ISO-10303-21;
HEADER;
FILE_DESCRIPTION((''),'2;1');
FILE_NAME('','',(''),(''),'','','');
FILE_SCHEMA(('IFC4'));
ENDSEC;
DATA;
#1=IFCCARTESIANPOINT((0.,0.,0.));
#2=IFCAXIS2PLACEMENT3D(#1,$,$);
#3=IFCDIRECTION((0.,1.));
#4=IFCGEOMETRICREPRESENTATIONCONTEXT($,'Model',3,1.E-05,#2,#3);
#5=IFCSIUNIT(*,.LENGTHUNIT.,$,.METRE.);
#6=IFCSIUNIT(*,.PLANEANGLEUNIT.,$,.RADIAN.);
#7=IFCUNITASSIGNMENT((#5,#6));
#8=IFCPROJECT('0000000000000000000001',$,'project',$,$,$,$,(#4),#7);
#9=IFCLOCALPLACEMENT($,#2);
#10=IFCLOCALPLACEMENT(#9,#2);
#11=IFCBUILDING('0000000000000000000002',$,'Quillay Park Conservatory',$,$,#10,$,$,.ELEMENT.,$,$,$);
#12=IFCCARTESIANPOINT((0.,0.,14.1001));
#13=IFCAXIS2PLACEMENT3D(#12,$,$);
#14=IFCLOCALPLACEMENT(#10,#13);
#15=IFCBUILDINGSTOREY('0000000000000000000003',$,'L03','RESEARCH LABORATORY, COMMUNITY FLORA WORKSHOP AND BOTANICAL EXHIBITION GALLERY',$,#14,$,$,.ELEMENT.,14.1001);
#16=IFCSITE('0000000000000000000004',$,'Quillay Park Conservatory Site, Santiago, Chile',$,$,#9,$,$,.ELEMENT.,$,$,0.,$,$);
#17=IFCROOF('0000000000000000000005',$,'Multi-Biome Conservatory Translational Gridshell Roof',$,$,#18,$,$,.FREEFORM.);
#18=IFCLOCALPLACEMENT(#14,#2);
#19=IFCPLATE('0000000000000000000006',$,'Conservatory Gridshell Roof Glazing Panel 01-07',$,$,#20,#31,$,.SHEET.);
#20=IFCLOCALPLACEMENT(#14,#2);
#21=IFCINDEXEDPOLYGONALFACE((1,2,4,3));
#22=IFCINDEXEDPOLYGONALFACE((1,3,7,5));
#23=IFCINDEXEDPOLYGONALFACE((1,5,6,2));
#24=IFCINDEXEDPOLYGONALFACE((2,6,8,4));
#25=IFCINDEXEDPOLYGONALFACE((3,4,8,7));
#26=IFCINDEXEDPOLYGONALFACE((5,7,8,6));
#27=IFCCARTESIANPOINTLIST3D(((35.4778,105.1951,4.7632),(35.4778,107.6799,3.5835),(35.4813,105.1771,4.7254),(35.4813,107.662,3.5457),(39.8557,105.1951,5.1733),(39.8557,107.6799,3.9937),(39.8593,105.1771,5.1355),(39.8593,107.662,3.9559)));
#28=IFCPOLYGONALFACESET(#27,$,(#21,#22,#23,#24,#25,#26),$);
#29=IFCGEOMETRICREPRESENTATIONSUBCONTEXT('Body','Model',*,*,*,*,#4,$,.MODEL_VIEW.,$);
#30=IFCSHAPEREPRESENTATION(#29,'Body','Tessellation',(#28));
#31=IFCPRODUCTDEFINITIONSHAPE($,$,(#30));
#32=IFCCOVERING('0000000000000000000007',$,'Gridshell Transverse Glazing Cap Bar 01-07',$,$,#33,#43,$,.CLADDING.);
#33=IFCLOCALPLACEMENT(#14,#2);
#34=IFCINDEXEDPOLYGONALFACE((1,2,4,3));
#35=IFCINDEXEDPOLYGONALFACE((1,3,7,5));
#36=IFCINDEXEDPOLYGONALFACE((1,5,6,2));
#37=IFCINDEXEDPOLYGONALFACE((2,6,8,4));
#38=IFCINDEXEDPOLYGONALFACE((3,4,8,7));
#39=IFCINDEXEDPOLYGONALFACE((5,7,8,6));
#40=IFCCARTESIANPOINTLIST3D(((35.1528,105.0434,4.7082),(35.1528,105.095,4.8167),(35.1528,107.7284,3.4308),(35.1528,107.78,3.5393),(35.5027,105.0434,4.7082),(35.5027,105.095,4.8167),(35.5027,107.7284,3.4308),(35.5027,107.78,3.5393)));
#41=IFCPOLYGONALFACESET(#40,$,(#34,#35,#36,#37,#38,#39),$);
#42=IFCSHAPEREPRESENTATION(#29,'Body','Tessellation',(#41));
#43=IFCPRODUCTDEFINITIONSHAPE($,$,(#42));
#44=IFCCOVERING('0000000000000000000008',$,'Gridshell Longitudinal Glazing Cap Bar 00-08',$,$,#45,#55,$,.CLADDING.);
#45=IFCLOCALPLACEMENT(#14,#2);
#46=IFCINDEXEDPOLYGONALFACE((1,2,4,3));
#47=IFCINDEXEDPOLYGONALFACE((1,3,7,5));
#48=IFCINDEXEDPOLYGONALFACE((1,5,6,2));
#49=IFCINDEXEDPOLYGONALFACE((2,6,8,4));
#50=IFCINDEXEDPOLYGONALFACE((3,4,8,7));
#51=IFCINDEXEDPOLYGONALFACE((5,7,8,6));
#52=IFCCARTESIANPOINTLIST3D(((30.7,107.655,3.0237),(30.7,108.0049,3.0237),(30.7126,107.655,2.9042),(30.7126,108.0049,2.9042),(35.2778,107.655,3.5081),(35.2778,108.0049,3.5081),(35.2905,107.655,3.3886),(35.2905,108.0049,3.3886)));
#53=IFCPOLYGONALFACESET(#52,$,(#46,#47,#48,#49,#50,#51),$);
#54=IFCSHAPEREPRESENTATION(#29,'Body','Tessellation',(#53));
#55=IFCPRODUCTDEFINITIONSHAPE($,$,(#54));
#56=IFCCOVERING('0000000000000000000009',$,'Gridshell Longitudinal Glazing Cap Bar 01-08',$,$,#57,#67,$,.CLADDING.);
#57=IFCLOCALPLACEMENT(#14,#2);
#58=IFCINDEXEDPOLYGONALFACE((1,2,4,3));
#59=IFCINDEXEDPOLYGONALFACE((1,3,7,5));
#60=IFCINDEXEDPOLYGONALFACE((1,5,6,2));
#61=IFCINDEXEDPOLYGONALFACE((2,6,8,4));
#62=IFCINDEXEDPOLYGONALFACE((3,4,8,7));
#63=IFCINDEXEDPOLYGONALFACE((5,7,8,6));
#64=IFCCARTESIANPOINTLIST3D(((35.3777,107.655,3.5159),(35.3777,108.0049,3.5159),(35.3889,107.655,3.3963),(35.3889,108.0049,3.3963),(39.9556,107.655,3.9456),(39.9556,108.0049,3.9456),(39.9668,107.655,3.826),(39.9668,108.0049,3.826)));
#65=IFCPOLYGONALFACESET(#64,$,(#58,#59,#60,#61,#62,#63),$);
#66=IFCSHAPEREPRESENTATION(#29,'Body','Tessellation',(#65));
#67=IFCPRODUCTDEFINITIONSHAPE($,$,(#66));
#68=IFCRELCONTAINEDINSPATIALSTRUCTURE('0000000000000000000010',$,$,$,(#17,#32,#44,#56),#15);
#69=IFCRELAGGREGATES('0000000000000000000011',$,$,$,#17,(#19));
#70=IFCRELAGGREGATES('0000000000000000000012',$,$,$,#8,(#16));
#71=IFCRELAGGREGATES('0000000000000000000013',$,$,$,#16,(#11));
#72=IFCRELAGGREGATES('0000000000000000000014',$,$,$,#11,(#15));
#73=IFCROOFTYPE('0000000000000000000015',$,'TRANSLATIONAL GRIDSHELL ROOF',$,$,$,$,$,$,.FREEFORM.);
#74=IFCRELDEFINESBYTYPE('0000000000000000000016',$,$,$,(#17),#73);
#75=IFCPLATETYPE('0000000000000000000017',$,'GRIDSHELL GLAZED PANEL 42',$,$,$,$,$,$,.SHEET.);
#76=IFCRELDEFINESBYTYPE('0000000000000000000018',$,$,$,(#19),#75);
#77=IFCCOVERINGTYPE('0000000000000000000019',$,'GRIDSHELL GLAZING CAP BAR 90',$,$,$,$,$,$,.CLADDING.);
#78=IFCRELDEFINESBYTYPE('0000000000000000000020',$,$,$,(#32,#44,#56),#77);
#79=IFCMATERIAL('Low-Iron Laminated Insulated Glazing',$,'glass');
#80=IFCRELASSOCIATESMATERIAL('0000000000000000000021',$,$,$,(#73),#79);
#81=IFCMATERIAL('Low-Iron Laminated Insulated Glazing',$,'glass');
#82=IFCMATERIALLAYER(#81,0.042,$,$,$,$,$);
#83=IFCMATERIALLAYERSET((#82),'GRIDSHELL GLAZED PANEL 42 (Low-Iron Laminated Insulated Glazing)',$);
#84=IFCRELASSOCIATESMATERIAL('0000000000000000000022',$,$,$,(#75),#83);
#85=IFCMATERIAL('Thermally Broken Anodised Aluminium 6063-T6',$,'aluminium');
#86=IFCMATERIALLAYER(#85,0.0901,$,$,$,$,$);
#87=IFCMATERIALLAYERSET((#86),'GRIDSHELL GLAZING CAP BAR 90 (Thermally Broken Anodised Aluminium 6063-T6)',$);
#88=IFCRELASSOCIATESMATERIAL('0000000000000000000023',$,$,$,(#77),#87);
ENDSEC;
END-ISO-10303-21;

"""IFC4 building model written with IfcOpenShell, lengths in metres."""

from ifc_helpers import new_model, si_unit, direction, frame, origin, place, context, subcontext, project, spatial, polyline, outline, extrude, material, layer, layer_set, type_object, element, aggregate, save


model = new_model("IFC4")

# Units and contexts
model_context = context("Model", 3, precision=1e-05, world=origin(), true_north=direction((0.0, 1.0)))
body_context = subcontext(model_context, "Body", "Model", "MODEL_VIEW")
ifc_project = project(units=[si_unit("LENGTHUNIT", "METRE"), si_unit("PLANEANGLEUNIT", "RADIAN")], contexts=[model_context])

# Site, building, storey
site_placement = place(None, origin())
site = spatial("IfcSite", under=ifc_project, at=site_placement, Name="Quillay Park Conservatory Site, Santiago, Chile", CompositionType="ELEMENT", RefElevation=0.0)
building_placement = place(site_placement, origin())
building = spatial("IfcBuilding", under=site, at=building_placement, Name="Quillay Park Conservatory", CompositionType="ELEMENT")
storey_placement = place(building_placement, frame((0.0, 0.0, 14.1001)))
storey = spatial("IfcBuildingStorey", under=building, at=storey_placement, Name="L03", Description="RESEARCH LABORATORY, COMMUNITY FLORA WORKSHOP AND BOTANICAL EXHIBITION GALLERY", CompositionType="ELEMENT", Elevation=14.1001)

# Roof, plate
ifc_material_1 = material(Name="Low-Iron Laminated Insulated Glazing", Category="glass")
roof_type = type_object("IfcRoofType", Name="TRANSLATIONAL GRIDSHELL ROOF", PredefinedType="FREEFORM", material=ifc_material_1)
roof_placement = place(storey_placement, origin())
roof = element("IfcRoof", 1, at=roof_placement, inside=storey, type_object=roof_type, Name="Multi-Biome Conservatory Translational Gridshell Roof", PredefinedType="FREEFORM")
ifc_material_2 = material(Name="Low-Iron Laminated Insulated Glazing", Category="glass")
ifc_layer_1 = layer(ifc_material_2, 0.042)
ifc_layer_set_1 = layer_set([ifc_layer_1], Name="GRIDSHELL GLAZED PANEL 42 (Low-Iron Laminated Insulated Glazing)")
plate_type_1 = type_object("IfcPlateType", Name="GRIDSHELL GLAZED PANEL 42", PredefinedType="SHEET", material=ifc_layer_set_1)
plate_1_placement = place(storey_placement, frame((35.4778, 105.1951, 4.7632), z_axis=(-0.084332, 0.427344, 0.900147), x_axis=(0.99564, 0.0, 0.093279)))
plate_1 = element("IfcPlate", 2, at=plate_1_placement, type_object=plate_type_1, Name="Conservatory Gridshell Roof Glazing Panel 01-07", PredefinedType="SHEET", context=body_context, shape_type="SweptSolid", body=[
    extrude(outline(polyline([(0.0, 0.0), (4.3971, 0.0), (4.2871, 2.7485), (-0.11, 2.7485), (0.0, 0.0)])), origin(), (0.0, 0.0, -1.0), 0.042),
])
aggregate(roof, [plate_1])

# Coverings
ifc_material_3 = material(Name="Thermally Broken Anodised Aluminium 6063-T6", Category="aluminium")
ifc_layer_2 = layer(ifc_material_3, 0.0901)
ifc_layer_set_2 = layer_set([ifc_layer_2], Name="GRIDSHELL GLAZING CAP BAR 90 (Thermally Broken Anodised Aluminium 6063-T6)")
covering_type = type_object("IfcCoveringType", Name="GRIDSHELL GLAZING CAP BAR 90", PredefinedType="CLADDING", material=ifc_layer_set_2)
covering_1_placement = place(storey_placement, frame((35.1528, 105.095, 4.8167), z_axis=(0.0, 0.429589, 0.903024), x_axis=(1.0, 0.0, 0.0)))
element("IfcCovering", 3, at=covering_1_placement, inside=storey, type_object=covering_type, Name="Gridshell Transverse Glazing Cap Bar 01-07", PredefinedType="CLADDING", context=body_context, shape_type="SweptSolid", body=[
    extrude(outline(polyline([(0.0, 0.0), (0.3499, 0.0), (0.3499, 2.9734), (0.0, 2.9734), (0.0, 0.0)])), origin(), (0.0, 0.0, -1.0), 0.1201),
])
covering_2_placement = place(storey_placement, frame((30.7, 107.655, 3.0237), z_axis=(-0.10522, 0.0, 0.994449), x_axis=(0.994449, 0.0, 0.10522)))
element("IfcCovering", 4, at=covering_2_placement, inside=storey, type_object=covering_type, Name="Gridshell Longitudinal Glazing Cap Bar 00-08", PredefinedType="CLADDING", context=body_context, shape_type="SweptSolid", body=[
    extrude(outline(polyline([(0.0, 0.0), (4.6034, 0.0), (4.6034, 0.3499), (0.0, 0.3499), (0.0, 0.0)])), origin(), (0.0, 0.0, -1.0), 0.1201),
])
covering_3_placement = place(storey_placement, frame((35.3777, 107.655, 3.5159), z_axis=(-0.093451, 0.0, 0.995624), x_axis=(0.995624, 0.0, 0.093451)))
element("IfcCovering", 5, at=covering_3_placement, inside=storey, type_object=covering_type, Name="Gridshell Longitudinal Glazing Cap Bar 01-08", PredefinedType="CLADDING", context=body_context, shape_type="SweptSolid", body=[
    extrude(outline(polyline([(0.0, 0.0), (4.598, 0.0), (4.598, 0.3499), (0.0, 0.3499), (0.0, 0.0)])), origin(), (0.0, 0.0, -1.0), 0.1201),
])

save(model, "model.ifc")
